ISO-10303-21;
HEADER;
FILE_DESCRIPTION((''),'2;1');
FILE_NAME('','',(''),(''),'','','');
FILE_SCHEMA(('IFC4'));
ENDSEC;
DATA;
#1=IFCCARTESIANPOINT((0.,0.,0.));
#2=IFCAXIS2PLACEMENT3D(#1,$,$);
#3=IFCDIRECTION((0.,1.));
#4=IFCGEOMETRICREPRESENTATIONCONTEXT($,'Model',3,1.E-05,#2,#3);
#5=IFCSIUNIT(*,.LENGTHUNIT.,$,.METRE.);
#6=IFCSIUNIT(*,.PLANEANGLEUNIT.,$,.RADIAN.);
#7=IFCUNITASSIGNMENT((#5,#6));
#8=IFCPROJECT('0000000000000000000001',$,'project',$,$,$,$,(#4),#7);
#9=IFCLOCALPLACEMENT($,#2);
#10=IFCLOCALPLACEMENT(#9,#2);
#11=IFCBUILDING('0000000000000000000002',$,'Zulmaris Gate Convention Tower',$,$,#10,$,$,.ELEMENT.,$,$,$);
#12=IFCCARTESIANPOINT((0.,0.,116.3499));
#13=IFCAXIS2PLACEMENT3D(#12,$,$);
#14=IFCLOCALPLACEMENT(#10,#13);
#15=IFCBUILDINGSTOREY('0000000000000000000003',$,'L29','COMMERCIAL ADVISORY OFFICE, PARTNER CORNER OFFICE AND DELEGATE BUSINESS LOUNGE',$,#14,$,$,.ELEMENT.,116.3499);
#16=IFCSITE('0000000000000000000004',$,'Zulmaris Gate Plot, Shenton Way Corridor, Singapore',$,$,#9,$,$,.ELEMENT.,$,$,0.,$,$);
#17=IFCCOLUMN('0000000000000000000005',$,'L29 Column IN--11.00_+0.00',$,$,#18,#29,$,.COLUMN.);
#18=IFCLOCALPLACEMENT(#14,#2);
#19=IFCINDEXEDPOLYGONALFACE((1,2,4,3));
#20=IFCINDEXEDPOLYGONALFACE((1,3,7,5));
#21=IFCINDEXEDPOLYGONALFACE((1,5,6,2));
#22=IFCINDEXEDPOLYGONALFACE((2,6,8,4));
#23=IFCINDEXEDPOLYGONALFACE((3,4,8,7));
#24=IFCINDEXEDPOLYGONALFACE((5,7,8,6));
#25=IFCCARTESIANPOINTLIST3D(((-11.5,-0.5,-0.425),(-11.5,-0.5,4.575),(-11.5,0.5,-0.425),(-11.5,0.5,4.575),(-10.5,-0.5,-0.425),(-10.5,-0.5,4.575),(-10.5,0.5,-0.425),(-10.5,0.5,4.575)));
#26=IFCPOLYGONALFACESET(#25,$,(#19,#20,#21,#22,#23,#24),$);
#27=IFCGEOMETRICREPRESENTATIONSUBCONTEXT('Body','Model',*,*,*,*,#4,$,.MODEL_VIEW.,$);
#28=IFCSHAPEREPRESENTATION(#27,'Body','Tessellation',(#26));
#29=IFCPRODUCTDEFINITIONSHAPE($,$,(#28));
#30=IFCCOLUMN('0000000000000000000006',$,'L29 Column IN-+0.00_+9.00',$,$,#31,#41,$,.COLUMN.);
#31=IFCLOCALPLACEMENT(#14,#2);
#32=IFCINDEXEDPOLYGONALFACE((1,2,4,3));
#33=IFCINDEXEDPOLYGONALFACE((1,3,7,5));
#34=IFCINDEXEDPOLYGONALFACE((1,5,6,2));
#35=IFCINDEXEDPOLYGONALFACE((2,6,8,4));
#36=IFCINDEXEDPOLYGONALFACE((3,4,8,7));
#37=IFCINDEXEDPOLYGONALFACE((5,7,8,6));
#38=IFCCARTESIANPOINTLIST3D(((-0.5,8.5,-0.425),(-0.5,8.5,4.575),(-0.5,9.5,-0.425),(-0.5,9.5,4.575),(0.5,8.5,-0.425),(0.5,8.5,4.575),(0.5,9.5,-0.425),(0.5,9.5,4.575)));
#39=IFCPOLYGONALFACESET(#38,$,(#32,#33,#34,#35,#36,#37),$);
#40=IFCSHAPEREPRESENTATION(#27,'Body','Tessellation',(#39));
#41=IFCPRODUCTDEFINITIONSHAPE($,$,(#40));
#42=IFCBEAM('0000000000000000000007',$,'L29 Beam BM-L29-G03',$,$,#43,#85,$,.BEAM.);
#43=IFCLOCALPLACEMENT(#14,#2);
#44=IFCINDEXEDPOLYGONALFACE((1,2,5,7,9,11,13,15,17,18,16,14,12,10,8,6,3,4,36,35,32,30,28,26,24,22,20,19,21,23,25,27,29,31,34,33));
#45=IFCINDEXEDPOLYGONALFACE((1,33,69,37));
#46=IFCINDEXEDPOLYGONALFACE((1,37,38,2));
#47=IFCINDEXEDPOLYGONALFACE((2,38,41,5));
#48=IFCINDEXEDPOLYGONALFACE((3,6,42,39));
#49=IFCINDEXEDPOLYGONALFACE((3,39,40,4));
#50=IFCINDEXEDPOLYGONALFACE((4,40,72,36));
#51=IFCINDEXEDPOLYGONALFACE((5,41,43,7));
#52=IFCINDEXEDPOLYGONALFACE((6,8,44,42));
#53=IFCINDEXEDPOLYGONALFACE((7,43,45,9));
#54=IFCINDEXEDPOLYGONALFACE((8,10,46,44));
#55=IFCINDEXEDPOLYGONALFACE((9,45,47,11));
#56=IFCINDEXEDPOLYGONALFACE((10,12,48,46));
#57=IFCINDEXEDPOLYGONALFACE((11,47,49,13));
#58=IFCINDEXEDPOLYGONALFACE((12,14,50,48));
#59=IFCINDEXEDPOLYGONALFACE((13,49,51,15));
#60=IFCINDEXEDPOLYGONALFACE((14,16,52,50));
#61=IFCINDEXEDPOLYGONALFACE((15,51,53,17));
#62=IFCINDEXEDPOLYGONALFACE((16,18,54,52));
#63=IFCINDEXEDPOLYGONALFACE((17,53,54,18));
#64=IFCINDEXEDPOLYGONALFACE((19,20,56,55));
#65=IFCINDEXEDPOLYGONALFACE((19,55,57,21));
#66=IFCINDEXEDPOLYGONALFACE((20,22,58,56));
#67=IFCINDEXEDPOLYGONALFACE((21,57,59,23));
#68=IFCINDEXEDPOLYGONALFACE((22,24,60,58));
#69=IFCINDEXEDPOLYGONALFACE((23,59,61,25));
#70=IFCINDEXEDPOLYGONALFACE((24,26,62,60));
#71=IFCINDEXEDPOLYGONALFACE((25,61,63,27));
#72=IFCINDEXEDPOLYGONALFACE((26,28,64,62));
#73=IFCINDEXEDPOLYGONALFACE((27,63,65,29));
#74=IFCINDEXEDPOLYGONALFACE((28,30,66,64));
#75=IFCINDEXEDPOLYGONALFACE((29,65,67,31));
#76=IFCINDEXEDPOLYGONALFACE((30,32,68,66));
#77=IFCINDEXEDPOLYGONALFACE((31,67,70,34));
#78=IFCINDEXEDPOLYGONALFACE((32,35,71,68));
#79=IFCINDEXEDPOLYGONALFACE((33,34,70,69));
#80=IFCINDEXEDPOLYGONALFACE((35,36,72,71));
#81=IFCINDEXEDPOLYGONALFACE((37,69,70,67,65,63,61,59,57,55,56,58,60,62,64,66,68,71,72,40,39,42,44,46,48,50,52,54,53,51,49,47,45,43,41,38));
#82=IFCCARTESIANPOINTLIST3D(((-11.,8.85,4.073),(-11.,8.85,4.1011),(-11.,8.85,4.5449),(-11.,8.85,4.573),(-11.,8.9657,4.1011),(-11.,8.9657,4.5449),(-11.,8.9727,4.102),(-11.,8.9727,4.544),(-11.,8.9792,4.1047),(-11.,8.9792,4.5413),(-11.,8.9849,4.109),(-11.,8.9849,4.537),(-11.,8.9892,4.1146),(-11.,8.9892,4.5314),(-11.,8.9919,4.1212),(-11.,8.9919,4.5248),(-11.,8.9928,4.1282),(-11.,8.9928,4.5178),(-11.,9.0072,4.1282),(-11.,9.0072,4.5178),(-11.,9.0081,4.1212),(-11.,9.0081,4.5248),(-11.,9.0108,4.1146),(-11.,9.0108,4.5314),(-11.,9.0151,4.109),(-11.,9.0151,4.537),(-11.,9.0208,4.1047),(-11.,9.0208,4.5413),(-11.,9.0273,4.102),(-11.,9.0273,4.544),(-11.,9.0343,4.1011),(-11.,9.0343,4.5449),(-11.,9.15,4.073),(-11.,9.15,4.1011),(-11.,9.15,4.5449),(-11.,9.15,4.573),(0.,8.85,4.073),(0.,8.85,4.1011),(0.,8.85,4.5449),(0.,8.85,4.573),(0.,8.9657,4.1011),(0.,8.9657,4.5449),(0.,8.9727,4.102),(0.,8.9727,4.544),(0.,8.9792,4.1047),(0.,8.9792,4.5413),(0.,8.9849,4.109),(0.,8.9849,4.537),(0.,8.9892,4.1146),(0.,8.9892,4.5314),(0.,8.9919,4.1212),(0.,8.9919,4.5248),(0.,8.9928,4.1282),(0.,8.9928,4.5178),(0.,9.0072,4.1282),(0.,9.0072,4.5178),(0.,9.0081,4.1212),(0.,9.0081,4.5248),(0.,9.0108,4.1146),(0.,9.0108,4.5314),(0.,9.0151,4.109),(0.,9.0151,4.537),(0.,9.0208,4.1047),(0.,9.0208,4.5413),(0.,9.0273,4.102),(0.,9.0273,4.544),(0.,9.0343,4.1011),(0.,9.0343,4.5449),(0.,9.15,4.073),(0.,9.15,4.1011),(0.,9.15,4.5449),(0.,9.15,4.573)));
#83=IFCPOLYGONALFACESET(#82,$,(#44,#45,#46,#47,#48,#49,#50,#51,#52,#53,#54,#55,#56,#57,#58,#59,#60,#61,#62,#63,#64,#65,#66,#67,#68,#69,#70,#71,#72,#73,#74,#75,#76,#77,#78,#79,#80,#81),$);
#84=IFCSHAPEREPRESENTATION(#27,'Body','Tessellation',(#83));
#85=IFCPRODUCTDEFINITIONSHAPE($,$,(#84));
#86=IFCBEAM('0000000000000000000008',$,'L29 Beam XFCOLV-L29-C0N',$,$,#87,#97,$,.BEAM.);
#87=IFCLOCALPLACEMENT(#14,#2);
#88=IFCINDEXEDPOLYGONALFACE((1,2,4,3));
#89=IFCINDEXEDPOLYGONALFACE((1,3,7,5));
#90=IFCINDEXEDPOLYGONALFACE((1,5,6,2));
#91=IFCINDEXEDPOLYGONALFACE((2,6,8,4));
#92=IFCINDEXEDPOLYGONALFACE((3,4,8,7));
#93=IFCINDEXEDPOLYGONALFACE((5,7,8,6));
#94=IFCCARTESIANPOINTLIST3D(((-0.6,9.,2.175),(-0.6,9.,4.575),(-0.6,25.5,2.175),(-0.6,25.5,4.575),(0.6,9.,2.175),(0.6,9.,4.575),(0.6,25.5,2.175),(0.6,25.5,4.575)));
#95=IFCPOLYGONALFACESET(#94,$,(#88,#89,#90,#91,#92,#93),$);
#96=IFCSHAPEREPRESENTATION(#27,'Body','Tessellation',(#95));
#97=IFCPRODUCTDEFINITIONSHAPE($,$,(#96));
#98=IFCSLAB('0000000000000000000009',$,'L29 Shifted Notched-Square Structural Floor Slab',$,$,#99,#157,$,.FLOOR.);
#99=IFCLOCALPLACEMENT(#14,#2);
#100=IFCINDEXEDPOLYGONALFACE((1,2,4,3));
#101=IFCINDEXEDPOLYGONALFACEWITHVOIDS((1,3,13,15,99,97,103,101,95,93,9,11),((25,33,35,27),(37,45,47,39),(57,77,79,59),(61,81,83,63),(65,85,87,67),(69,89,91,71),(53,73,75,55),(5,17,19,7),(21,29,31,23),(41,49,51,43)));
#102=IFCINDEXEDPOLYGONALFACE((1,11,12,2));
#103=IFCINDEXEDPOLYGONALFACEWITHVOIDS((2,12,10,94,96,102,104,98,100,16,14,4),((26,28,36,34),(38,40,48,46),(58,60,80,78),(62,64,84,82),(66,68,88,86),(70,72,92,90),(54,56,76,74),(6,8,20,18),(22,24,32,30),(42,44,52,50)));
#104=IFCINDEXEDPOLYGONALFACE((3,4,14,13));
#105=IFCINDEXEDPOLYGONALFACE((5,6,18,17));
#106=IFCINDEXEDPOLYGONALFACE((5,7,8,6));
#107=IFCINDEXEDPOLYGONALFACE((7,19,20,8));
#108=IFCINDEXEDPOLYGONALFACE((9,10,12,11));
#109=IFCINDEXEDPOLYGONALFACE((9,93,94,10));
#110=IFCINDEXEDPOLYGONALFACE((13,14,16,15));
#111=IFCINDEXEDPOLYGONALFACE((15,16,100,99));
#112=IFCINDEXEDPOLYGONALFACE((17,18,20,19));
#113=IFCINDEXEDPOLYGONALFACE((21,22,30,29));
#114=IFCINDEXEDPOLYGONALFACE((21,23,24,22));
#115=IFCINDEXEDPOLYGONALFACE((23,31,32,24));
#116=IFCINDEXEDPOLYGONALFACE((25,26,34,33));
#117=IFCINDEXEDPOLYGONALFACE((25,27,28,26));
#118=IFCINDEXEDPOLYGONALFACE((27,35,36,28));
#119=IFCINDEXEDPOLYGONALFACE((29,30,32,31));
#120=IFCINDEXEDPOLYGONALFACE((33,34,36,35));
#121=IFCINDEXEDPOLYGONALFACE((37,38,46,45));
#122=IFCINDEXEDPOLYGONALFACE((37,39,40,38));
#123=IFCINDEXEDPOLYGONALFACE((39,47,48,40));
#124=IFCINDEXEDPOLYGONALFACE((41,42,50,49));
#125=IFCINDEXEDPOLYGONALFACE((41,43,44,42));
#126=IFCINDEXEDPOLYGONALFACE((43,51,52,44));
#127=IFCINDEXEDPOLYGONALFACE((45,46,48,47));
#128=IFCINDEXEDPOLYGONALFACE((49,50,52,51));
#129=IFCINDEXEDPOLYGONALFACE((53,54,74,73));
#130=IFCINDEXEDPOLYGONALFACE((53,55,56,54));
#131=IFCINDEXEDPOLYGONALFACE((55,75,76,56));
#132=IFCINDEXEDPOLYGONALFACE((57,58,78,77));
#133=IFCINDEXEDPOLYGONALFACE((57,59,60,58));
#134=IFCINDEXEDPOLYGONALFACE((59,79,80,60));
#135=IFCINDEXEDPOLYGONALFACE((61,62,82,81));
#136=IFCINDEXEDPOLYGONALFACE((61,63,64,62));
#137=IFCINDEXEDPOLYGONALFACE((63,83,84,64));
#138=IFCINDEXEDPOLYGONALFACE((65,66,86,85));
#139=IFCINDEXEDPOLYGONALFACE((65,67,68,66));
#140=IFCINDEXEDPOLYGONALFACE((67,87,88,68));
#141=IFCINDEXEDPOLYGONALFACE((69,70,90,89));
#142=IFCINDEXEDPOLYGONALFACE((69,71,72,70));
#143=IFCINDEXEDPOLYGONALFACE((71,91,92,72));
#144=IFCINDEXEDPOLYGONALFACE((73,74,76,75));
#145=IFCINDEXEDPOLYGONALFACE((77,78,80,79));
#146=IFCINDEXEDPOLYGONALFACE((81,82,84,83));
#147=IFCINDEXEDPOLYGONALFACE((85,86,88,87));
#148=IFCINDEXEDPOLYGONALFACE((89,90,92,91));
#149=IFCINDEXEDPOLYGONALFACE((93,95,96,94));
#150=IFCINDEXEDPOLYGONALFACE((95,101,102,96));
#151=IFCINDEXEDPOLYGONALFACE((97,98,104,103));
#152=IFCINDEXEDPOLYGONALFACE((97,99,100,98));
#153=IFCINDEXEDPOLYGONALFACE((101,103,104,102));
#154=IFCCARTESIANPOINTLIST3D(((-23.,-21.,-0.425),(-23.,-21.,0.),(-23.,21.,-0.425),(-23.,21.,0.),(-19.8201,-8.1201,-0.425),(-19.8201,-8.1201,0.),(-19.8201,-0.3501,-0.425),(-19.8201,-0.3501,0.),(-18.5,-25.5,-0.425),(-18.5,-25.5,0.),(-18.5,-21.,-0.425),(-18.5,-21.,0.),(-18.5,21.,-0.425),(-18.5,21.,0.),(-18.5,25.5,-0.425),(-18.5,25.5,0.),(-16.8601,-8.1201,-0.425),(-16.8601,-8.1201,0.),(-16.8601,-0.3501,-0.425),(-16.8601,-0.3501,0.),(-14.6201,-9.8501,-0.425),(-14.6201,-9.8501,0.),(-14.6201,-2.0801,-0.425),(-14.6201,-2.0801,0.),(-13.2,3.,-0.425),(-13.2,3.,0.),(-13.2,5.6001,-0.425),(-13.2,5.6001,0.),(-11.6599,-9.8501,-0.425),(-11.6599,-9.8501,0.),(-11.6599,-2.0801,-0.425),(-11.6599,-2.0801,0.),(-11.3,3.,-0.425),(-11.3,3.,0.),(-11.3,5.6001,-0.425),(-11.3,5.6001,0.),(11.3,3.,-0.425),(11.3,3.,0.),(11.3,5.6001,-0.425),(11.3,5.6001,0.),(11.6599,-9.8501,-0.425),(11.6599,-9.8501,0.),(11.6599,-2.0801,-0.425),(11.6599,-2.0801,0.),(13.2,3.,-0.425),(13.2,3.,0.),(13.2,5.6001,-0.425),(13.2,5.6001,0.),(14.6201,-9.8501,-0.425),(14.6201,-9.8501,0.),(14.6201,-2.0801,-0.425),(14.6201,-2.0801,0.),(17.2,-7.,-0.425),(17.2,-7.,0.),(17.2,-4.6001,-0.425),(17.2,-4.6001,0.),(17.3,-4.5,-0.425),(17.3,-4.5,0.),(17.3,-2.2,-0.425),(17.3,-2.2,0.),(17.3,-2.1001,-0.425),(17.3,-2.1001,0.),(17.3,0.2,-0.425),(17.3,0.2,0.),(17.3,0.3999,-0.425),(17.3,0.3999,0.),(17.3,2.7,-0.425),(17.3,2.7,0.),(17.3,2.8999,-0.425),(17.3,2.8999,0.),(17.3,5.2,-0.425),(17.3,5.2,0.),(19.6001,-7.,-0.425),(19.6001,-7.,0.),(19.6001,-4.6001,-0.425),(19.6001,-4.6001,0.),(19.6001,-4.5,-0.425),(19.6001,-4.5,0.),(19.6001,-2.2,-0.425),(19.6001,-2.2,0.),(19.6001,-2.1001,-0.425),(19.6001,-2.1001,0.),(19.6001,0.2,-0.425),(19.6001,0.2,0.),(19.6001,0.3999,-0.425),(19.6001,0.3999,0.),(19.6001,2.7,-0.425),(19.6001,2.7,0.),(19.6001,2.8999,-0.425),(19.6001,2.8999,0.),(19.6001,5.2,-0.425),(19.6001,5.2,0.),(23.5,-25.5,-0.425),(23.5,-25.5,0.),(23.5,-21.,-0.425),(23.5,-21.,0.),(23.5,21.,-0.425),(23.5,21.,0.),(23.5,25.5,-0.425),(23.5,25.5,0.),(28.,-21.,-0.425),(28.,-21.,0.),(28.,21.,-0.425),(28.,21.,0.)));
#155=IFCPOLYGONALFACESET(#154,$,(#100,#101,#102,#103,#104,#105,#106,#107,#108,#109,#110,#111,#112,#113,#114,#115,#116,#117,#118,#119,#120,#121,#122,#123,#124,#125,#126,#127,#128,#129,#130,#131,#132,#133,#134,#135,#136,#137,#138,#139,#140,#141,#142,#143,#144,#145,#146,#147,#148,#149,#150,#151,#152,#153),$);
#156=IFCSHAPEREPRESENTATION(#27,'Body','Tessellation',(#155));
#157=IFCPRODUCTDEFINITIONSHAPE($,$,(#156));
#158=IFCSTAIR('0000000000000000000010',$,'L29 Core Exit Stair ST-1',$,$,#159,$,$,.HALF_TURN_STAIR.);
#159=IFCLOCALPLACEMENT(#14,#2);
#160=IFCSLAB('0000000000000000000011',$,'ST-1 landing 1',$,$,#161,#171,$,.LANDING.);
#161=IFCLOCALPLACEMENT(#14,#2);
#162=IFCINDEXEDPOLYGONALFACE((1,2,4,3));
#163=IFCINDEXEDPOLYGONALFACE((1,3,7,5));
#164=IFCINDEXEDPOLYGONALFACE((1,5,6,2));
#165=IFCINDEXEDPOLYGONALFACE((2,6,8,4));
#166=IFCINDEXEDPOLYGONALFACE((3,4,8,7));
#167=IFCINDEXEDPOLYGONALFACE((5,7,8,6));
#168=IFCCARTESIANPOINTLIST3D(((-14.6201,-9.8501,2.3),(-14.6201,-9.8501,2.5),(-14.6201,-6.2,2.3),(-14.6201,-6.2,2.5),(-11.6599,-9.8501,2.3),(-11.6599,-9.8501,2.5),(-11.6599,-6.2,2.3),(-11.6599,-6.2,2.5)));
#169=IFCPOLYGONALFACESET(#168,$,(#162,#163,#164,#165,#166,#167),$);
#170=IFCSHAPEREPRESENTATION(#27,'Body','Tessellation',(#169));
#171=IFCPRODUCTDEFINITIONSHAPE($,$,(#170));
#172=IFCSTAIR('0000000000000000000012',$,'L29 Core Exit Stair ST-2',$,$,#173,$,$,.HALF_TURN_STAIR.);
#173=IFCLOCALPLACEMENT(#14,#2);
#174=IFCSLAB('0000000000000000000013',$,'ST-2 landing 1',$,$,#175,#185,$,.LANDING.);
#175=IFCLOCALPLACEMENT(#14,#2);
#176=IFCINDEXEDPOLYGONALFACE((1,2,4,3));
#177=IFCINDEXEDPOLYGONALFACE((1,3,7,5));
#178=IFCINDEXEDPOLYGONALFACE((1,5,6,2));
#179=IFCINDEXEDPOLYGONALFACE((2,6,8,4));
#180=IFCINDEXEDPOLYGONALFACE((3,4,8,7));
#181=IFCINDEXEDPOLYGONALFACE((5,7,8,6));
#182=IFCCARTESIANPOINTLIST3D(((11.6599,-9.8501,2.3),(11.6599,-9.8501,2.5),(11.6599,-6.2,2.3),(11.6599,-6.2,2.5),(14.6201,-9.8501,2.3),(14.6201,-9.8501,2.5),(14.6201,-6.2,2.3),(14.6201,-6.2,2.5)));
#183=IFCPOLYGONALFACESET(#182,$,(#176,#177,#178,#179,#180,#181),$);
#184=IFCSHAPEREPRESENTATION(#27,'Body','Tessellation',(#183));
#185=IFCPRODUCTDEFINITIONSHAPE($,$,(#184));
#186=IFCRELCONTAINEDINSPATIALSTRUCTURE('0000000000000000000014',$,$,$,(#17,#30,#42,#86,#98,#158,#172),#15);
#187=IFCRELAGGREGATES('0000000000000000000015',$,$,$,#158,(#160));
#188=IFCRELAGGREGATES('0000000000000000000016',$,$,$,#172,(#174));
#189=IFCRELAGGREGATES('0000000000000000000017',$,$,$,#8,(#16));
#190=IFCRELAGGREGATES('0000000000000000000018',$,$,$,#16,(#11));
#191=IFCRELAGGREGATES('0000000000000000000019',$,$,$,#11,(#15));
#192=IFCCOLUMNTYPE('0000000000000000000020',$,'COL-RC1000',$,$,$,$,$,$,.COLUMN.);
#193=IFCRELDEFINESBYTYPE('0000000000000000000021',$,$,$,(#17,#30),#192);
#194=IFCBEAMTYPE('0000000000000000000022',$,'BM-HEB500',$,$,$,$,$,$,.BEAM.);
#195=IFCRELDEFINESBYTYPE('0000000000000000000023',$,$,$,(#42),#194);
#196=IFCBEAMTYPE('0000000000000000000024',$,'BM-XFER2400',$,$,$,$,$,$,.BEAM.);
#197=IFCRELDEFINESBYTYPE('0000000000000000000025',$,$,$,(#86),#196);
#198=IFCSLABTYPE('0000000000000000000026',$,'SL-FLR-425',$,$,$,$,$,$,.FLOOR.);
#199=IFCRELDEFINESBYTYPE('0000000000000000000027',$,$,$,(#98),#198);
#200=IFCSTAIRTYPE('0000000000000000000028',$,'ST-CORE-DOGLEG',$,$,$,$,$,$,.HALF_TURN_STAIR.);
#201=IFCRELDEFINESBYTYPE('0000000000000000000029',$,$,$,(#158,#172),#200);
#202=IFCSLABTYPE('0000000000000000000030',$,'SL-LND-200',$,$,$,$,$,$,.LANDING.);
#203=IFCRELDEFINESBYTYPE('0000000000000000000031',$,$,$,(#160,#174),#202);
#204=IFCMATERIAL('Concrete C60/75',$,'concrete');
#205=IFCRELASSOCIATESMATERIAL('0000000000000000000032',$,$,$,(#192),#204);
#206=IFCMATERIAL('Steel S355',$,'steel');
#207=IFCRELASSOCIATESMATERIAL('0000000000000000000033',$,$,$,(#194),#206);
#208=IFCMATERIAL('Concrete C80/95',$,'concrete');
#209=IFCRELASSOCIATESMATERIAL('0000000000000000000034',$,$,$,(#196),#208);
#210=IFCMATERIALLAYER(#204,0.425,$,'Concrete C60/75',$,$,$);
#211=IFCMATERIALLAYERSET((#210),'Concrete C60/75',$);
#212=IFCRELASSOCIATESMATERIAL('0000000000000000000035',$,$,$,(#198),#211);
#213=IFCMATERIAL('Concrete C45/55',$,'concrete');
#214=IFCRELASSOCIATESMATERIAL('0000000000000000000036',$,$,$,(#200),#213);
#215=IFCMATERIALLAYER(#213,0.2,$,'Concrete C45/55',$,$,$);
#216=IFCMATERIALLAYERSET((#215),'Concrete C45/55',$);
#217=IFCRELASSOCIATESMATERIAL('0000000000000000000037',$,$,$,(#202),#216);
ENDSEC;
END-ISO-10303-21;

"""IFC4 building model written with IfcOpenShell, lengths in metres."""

from ifc_helpers import new_model, si_unit, direction, frame, origin, origin_2d, place, context, subcontext, project, spatial, polyline, rectangle, i_section, outline, extrude, material, layer, layer_set, material_profile, profile_set, type_object, element, aggregate, save


model = new_model("IFC4")

# Units and contexts
model_context = context("Model", 3, precision=1e-05, world=origin(), true_north=direction((0.0, 1.0)))
body_context = subcontext(model_context, "Body", "Model", "MODEL_VIEW")
ifc_project = project(units=[si_unit("LENGTHUNIT", "METRE"), si_unit("PLANEANGLEUNIT", "RADIAN")], contexts=[model_context])

# Site, building, storey
site_placement = place(None, origin())
site = spatial("IfcSite", under=ifc_project, at=site_placement, Name="Zulmaris Gate Plot, Shenton Way Corridor, Singapore", CompositionType="ELEMENT", RefElevation=0.0)
building_placement = place(site_placement, origin())
building = spatial("IfcBuilding", under=site, at=building_placement, Name="Zulmaris Gate Convention Tower", CompositionType="ELEMENT")
storey_placement = place(building_placement, frame((0.0, 0.0, 116.3499)))
storey = spatial("IfcBuildingStorey", under=building, at=storey_placement, Name="L29", Description="COMMERCIAL ADVISORY OFFICE, PARTNER CORNER OFFICE AND DELEGATE BUSINESS LOUNGE", CompositionType="ELEMENT", Elevation=116.3499)

# Columns
ifc_material_1 = material(Name="Concrete C60/75", Category="concrete")
ifc_material_profile_1 = material_profile(ifc_material_1, rectangle(XDim=1.0, YDim=1.0, at=origin_2d()), Name="RC COL 1000x1000")
ifc_profile_set_1 = profile_set([ifc_material_profile_1], Name="Concrete C60/75")
column_type = type_object("IfcColumnType", Name="COL-RC1000", PredefinedType="COLUMN", material=ifc_profile_set_1)
for number, where, z_axis, x_axis, name in (
    (1, (-11.0, 0.0, -0.425), (0.0, 0.0, 1.0), (1.0, 0.0, 0.0), "L29 Column IN--11.00_+0.00"),
    (2, (0.0, 9.0, -0.425), (0.0, 0.0, 1.0), (1.0, 0.0, 0.0), "L29 Column IN-+0.00_+9.00"),
):
    element("IfcColumn", number, at=place(storey_placement, frame(where, z_axis=z_axis, x_axis=x_axis)), inside=storey, type_object=column_type, Name=name, PredefinedType="COLUMN", context=body_context, shape_type="SweptSolid", body=[
        extrude(rectangle(XDim=1.0, YDim=1.0, at=origin_2d()), origin(), (0.0, 0.0, 1.0), 5.0),
    ])

# Beams
ifc_material_2 = material(Name="Steel S355", Category="steel")
ifc_material_profile_2 = material_profile(ifc_material_2, i_section(OverallWidth=0.3, OverallDepth=0.5, WebThickness=0.0144, FlangeThickness=0.0281, FilletRadius=0.0271, at=origin_2d()), Name="HEB 500")
ifc_profile_set_2 = profile_set([ifc_material_profile_2], Name="Steel S355")
beam_type_1 = type_object("IfcBeamType", Name="BM-HEB500", PredefinedType="BEAM", material=ifc_profile_set_2)
beam_1_placement = place(storey_placement, frame((-11.0, 9.0, 4.323), z_axis=(1.0, 0.0, 0.0), x_axis=(0.0, 1.0, 0.0)))
element("IfcBeam", 3, at=beam_1_placement, inside=storey, type_object=beam_type_1, Name="L29 Beam BM-L29-G03", PredefinedType="BEAM", context=body_context, shape_type="SweptSolid", body=[
    extrude(i_section(OverallWidth=0.3, OverallDepth=0.5, WebThickness=0.0144, FlangeThickness=0.0281, FilletRadius=0.0271, at=origin_2d()), origin(), (0.0, 0.0, 1.0), 11.0),
])
ifc_material_3 = material(Name="Concrete C80/95", Category="concrete")
ifc_material_profile_3 = material_profile(ifc_material_3, rectangle(XDim=1.2, YDim=2.3999, at=origin_2d()), Name="RC TRANSFER 1200x2400")
ifc_profile_set_3 = profile_set([ifc_material_profile_3], Name="Concrete C80/95")
beam_type_2 = type_object("IfcBeamType", Name="BM-XFER2400", PredefinedType="BEAM", material=ifc_profile_set_3)
beam_2_placement = place(storey_placement, frame((0.0, 9.0, 3.375), z_axis=(0.0, 1.0, 0.0), x_axis=(-1.0, 0.0, 0.0)))
element("IfcBeam", 4, at=beam_2_placement, inside=storey, type_object=beam_type_2, Name="L29 Beam XFCOLV-L29-C0N", PredefinedType="BEAM", context=body_context, shape_type="SweptSolid", body=[
    extrude(rectangle(XDim=1.2, YDim=2.3999, at=origin_2d()), origin(), (0.0, 0.0, 1.0), 16.5),
])

# Slab
ifc_layer_1 = layer(ifc_material_1, 0.425, Name="Concrete C60/75")
ifc_layer_set_1 = layer_set([ifc_layer_1], Name="Concrete C60/75")
slab_type_1 = type_object("IfcSlabType", Name="SL-FLR-425", PredefinedType="FLOOR", material=ifc_layer_set_1)
slab_1_placement = place(storey_placement, frame((0.0, 0.0, -0.425)))
element("IfcSlab", 5, at=slab_1_placement, inside=storey, type_object=slab_type_1, Name="L29 Shifted Notched-Square Structural Floor Slab", PredefinedType="FLOOR", context=body_context, shape_type="SweptSolid", body=[
    extrude(outline(polyline([(-18.5, -25.5), (23.5, -25.5), (23.5, -21.0), (28.0, -21.0), (28.0, 21.0), (23.5, 21.0), (23.5, 25.5), (-18.5, 25.5), (-18.5, 21.0), (-23.0, 21.0), (-23.0, -21.0), (-18.5, -21.0), (-18.5, -25.5)]), holes=[polyline([(-14.6201, -2.0801), (-14.6201, -9.8501), (-11.6599, -9.8501), (-11.6599, -2.0801), (-14.6201, -2.0801)]), polyline([(11.6599, -2.0801), (11.6599, -9.8501), (14.6201, -9.8501), (14.6201, -2.0801), (11.6599, -2.0801)]), polyline([(-16.8601, -8.1201), (-16.8601, -0.3501), (-19.8201, -0.3501), (-19.8201, -8.1201), (-16.8601, -8.1201)]), polyline([(-13.2, 3.0), (-11.3, 3.0), (-11.3, 5.6001), (-13.2, 5.6001), (-13.2, 3.0)]), polyline([(11.3, 3.0), (13.2, 3.0), (13.2, 5.6001), (11.3, 5.6001), (11.3, 3.0)]), polyline([(17.2, -7.0), (19.6001, -7.0), (19.6001, -4.6001), (17.2, -4.6001), (17.2, -7.0)]), polyline([(17.3, -4.5), (19.6001, -4.5), (19.6001, -2.2), (17.3, -2.2), (17.3, -4.5)]), polyline([(17.3, -2.1001), (19.6001, -2.1001), (19.6001, 0.2), (17.3, 0.2), (17.3, -2.1001)]), polyline([(17.3, 0.3999), (19.6001, 0.3999), (19.6001, 2.7), (17.3, 2.7), (17.3, 0.3999)]), polyline([(17.3, 2.8999), (19.6001, 2.8999), (19.6001, 5.2), (17.3, 5.2), (17.3, 2.8999)])]), origin(), (0.0, 0.0, 1.0), 0.425),
])

# Stairs, slabs
ifc_material_4 = material(Name="Concrete C45/55", Category="concrete")
stair_type = type_object("IfcStairType", Name="ST-CORE-DOGLEG", PredefinedType="HALF_TURN_STAIR", material=ifc_material_4)
stair_1_placement = place(storey_placement, origin())
stair_1 = element("IfcStair", 6, at=stair_1_placement, inside=storey, type_object=stair_type, Name="L29 Core Exit Stair ST-1", PredefinedType="HALF_TURN_STAIR")
ifc_layer_2 = layer(ifc_material_4, 0.2, Name="Concrete C45/55")
ifc_layer_set_2 = layer_set([ifc_layer_2], Name="Concrete C45/55")
slab_type_2 = type_object("IfcSlabType", Name="SL-LND-200", PredefinedType="LANDING", material=ifc_layer_set_2)
slab_2_placement = place(storey_placement, frame((0.0, 0.0, 2.3)))
slab_2 = element("IfcSlab", 7, at=slab_2_placement, type_object=slab_type_2, Name="ST-1 landing 1", PredefinedType="LANDING", context=body_context, shape_type="SweptSolid", body=[
    extrude(outline(polyline([(-14.6201, -6.2), (-14.6201, -9.8501), (-11.6599, -9.8501), (-11.6599, -6.2), (-14.6201, -6.2)])), origin(), (0.0, 0.0, 1.0), 0.2),
])
aggregate(stair_1, [slab_2])
stair_2_placement = place(storey_placement, origin())
stair_2 = element("IfcStair", 8, at=stair_2_placement, inside=storey, type_object=stair_type, Name="L29 Core Exit Stair ST-2", PredefinedType="HALF_TURN_STAIR")
slab_3_placement = place(storey_placement, frame((0.0, 0.0, 2.3)))
slab_3 = element("IfcSlab", 9, at=slab_3_placement, type_object=slab_type_2, Name="ST-2 landing 1", PredefinedType="LANDING", context=body_context, shape_type="SweptSolid", body=[
    extrude(outline(polyline([(11.6599, -6.2), (11.6599, -9.8501), (14.6201, -9.8501), (14.6201, -6.2), (11.6599, -6.2)])), origin(), (0.0, 0.0, 1.0), 0.2),
])
aggregate(stair_2, [slab_3])

save(model, "model.ifc")
